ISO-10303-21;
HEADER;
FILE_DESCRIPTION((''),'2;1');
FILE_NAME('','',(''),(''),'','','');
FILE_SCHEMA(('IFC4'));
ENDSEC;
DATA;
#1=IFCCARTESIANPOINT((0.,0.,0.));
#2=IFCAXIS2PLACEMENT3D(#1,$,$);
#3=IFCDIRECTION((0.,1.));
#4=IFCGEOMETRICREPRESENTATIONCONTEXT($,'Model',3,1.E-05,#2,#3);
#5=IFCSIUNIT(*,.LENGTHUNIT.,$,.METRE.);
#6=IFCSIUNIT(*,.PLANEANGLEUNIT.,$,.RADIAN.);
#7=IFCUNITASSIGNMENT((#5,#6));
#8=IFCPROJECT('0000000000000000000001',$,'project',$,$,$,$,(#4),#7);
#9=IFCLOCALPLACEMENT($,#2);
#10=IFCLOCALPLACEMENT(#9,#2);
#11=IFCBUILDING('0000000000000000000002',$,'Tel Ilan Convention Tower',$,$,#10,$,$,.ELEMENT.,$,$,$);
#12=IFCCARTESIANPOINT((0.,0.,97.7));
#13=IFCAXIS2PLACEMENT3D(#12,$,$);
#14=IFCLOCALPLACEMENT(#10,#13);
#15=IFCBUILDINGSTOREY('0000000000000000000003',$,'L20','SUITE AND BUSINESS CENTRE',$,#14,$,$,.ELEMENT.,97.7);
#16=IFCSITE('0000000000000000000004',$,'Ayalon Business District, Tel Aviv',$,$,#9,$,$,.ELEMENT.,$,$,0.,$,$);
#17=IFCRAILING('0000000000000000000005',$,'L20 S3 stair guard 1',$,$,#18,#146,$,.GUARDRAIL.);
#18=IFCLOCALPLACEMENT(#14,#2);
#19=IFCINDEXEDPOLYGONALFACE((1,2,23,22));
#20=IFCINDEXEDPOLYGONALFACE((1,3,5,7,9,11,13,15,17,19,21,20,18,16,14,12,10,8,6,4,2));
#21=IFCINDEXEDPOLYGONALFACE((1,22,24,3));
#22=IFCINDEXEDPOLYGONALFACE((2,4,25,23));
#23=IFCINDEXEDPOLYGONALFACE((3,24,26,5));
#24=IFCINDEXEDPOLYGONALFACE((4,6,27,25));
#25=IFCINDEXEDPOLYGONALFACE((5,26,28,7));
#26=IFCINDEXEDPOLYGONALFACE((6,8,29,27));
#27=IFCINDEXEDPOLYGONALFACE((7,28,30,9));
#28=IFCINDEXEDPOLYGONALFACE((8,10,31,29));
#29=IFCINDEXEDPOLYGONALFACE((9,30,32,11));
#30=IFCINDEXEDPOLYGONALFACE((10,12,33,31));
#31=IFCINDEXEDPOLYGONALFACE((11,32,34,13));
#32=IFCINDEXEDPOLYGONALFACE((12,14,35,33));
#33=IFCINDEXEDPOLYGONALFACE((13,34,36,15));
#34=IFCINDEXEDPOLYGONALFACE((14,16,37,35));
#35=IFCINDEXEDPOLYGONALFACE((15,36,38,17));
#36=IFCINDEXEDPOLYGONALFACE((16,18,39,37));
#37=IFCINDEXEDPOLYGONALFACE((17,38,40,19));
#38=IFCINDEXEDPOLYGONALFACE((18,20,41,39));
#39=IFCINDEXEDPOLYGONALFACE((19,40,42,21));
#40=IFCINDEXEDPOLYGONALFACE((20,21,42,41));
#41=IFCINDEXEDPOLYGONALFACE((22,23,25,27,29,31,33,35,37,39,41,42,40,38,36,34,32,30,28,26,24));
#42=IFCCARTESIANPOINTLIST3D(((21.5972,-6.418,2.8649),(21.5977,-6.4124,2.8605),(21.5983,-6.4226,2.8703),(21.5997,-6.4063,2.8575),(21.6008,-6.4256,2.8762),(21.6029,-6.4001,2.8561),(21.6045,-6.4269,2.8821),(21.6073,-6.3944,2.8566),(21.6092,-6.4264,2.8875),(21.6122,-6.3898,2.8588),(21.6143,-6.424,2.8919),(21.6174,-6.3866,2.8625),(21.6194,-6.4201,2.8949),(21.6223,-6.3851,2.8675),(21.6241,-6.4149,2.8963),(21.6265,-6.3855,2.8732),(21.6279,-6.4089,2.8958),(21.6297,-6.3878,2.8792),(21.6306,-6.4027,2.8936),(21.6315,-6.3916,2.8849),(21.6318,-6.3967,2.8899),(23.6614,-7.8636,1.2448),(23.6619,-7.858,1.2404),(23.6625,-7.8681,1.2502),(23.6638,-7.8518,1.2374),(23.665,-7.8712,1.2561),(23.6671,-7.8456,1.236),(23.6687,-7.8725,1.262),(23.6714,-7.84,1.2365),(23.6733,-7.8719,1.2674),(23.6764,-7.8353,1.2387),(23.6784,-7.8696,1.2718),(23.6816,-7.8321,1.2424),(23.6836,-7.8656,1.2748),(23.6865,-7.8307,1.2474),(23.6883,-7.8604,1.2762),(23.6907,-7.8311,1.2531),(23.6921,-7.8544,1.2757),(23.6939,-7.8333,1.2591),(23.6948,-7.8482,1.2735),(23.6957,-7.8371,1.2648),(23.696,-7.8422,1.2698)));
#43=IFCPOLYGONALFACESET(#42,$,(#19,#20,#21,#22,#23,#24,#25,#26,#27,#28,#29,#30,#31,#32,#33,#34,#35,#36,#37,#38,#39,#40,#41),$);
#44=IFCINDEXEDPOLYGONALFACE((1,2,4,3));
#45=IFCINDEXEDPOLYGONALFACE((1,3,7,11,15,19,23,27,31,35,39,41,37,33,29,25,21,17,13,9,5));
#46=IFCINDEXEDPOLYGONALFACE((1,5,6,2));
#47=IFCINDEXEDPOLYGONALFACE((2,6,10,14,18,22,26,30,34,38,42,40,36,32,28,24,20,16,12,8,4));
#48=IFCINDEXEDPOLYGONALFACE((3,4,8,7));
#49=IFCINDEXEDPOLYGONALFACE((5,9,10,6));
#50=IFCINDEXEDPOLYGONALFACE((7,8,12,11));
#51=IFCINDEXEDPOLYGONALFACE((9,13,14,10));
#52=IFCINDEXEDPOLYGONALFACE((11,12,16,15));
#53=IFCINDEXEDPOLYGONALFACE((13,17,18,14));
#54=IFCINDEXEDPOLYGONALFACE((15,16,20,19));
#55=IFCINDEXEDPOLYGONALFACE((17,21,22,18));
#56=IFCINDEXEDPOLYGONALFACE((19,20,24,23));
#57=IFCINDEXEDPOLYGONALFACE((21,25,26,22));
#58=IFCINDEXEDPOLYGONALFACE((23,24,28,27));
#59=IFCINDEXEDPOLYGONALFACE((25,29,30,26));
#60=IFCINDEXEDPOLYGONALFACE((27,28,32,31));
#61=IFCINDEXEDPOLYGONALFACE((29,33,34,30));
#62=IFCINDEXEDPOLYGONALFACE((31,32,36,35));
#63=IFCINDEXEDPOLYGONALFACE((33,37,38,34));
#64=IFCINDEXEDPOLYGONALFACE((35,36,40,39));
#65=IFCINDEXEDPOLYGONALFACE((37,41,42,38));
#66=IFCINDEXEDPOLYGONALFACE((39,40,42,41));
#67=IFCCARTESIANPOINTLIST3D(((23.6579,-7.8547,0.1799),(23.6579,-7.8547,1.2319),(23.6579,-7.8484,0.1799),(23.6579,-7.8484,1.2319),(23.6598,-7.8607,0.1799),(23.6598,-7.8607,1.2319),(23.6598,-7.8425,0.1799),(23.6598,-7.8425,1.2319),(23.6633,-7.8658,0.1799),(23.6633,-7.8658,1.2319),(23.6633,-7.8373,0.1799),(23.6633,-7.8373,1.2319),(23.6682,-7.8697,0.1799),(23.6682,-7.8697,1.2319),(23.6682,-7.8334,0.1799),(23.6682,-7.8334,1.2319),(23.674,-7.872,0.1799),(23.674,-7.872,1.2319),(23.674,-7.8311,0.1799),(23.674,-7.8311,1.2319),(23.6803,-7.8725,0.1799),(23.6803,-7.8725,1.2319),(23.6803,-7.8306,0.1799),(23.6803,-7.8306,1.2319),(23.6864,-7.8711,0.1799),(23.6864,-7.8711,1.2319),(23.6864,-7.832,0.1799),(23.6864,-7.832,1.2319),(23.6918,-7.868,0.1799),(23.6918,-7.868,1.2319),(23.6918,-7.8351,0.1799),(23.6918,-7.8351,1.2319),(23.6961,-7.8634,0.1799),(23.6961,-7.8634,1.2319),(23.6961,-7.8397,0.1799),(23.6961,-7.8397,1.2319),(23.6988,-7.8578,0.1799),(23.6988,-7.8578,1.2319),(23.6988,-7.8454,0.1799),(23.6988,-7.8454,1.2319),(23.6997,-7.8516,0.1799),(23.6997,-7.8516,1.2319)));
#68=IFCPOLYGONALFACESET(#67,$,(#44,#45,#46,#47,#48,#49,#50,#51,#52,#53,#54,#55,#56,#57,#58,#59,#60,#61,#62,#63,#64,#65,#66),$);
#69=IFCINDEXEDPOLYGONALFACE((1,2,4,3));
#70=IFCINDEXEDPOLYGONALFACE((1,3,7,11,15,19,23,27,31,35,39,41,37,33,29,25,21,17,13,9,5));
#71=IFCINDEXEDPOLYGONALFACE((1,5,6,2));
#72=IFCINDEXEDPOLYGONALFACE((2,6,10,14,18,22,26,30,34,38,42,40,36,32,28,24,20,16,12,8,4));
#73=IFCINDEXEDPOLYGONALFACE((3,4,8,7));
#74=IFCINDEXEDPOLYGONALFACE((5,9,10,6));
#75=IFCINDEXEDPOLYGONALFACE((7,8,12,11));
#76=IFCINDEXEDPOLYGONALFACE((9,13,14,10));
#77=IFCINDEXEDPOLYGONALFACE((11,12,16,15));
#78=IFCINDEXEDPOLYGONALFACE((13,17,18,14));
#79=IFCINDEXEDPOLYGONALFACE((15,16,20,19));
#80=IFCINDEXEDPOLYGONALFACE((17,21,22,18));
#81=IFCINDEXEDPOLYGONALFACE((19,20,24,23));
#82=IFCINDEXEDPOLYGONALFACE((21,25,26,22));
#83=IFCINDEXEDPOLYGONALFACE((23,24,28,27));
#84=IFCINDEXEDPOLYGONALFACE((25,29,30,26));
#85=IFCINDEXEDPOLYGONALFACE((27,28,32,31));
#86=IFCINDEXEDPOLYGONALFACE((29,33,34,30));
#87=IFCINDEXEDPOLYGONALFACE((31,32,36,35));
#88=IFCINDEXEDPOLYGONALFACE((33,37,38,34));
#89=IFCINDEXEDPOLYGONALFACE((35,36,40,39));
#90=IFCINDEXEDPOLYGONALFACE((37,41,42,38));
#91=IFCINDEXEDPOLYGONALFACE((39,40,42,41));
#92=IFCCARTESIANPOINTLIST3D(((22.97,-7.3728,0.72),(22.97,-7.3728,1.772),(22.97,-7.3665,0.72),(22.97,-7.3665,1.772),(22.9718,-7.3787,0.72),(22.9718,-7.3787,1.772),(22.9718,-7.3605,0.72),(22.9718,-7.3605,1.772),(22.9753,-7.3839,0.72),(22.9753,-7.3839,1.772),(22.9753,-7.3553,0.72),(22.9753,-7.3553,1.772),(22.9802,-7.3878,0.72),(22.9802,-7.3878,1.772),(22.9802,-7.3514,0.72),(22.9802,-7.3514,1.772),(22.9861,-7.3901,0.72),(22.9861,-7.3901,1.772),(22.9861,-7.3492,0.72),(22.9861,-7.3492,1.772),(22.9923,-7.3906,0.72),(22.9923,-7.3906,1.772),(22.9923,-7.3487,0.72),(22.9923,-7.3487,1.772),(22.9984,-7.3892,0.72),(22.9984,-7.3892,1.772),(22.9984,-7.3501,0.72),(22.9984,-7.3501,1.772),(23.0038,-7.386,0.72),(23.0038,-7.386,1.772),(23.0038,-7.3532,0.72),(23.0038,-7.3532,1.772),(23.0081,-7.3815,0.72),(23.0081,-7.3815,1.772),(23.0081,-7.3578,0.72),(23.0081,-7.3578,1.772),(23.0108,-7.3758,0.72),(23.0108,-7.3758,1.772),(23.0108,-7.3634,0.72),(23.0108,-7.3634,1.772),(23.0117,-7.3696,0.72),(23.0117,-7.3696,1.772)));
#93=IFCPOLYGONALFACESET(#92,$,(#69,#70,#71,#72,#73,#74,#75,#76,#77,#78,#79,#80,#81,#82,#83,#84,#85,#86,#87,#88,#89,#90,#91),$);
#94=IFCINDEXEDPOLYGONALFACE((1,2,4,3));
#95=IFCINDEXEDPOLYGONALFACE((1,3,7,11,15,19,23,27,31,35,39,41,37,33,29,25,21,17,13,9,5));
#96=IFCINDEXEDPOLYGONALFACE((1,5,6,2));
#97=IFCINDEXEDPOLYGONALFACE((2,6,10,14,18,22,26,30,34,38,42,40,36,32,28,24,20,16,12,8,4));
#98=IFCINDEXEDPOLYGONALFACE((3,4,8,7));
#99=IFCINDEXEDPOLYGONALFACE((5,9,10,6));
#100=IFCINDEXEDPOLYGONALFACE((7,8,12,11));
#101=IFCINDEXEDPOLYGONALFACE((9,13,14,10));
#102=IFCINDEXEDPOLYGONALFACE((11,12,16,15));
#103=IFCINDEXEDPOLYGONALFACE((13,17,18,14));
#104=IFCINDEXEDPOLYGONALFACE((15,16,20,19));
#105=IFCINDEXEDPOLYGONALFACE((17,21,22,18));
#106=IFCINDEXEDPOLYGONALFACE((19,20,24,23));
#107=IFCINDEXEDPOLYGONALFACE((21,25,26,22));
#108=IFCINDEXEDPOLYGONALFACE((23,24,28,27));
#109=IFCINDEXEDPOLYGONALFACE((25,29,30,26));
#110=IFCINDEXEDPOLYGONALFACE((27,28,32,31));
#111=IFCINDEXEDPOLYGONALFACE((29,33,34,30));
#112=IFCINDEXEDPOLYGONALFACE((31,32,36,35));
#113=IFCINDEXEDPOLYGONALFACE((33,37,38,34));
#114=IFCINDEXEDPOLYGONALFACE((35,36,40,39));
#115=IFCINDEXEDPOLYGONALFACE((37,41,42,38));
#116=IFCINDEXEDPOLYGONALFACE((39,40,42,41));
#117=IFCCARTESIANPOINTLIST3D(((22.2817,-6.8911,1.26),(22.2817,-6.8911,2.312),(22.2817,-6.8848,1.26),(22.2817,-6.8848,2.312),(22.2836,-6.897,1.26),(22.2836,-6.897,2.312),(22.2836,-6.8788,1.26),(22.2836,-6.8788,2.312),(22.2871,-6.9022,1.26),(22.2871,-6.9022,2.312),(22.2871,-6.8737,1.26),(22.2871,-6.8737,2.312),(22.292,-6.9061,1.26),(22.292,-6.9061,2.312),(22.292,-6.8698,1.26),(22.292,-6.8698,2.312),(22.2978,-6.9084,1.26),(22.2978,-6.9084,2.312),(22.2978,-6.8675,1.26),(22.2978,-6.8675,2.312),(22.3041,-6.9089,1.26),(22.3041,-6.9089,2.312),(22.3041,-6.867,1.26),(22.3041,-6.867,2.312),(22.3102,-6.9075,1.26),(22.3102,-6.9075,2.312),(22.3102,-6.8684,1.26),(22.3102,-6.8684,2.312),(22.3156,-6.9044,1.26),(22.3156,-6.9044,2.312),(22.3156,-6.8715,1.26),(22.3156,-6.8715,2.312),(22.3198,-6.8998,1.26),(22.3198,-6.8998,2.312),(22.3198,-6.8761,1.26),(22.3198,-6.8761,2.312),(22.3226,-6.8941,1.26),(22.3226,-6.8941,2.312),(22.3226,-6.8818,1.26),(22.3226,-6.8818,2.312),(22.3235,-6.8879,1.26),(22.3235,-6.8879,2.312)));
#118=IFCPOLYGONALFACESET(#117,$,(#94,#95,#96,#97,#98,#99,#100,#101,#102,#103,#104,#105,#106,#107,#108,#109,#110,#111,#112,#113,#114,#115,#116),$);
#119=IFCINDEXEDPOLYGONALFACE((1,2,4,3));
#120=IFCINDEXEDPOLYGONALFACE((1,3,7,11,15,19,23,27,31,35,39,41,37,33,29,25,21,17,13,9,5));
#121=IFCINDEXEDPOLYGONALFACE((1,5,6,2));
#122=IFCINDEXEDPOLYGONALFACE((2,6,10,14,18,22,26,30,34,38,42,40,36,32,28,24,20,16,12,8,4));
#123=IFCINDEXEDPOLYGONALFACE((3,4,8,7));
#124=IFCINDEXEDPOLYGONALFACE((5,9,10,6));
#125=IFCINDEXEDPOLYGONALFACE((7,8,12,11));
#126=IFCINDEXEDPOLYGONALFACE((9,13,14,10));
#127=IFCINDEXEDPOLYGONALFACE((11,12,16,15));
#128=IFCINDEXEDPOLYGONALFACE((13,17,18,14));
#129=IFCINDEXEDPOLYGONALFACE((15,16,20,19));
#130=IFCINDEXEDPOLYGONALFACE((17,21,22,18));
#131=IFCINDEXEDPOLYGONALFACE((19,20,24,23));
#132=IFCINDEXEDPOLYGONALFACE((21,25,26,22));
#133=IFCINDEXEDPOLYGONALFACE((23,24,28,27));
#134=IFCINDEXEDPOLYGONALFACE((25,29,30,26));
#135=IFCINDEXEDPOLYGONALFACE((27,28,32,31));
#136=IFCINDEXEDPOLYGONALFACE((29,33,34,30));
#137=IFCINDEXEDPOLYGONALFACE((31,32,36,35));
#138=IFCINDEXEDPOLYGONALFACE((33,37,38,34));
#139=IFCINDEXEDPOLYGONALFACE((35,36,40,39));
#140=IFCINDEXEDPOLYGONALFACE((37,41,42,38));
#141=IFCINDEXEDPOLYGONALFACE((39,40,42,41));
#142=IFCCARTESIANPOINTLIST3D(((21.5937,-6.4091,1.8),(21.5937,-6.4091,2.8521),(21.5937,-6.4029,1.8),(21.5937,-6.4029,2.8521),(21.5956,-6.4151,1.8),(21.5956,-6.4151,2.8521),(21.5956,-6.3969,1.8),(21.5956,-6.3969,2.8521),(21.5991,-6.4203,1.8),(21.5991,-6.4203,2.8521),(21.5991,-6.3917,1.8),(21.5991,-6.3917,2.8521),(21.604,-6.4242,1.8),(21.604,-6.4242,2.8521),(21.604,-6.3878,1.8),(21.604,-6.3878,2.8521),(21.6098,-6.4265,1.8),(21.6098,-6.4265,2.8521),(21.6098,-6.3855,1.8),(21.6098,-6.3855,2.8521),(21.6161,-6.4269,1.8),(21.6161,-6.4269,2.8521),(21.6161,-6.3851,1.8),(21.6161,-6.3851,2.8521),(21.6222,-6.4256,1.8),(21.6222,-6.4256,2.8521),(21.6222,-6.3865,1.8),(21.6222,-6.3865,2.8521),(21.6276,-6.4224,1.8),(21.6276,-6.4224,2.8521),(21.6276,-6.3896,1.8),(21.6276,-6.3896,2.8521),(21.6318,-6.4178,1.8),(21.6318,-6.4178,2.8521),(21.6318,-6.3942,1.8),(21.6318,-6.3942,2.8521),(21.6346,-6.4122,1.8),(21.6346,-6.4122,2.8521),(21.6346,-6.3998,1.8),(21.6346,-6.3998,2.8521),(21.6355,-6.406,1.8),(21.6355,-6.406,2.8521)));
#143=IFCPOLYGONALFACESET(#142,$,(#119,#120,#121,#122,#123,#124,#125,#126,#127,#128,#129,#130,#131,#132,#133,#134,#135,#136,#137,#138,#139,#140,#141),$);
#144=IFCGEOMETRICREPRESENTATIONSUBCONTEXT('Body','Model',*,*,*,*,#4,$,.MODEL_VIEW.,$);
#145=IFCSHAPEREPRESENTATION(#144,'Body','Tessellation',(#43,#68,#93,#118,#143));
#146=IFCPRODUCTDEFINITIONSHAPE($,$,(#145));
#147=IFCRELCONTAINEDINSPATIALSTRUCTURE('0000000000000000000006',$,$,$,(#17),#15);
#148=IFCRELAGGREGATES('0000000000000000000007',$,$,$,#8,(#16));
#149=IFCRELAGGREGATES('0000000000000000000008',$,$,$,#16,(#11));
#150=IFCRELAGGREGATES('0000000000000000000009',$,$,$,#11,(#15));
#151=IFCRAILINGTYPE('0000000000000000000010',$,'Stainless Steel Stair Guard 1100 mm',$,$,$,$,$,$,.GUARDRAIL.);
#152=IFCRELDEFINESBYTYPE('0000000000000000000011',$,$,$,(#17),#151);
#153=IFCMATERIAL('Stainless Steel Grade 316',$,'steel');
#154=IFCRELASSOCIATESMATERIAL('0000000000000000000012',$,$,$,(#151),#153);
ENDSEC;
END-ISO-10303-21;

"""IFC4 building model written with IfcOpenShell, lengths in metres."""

from ifc_helpers import new_model, si_unit, direction, frame, origin, origin_2d, place, context, subcontext, project, spatial, circle, extrude, material, type_object, element, save


model = new_model("IFC4")

# Units and contexts
model_context = context("Model", 3, precision=1e-05, world=origin(), true_north=direction((0.0, 1.0)))
body_context = subcontext(model_context, "Body", "Model", "MODEL_VIEW")
ifc_project = project(units=[si_unit("LENGTHUNIT", "METRE"), si_unit("PLANEANGLEUNIT", "RADIAN")], contexts=[model_context])

# Site, building, storey
site_placement = place(None, origin())
site = spatial("IfcSite", under=ifc_project, at=site_placement, Name="Ayalon Business District, Tel Aviv", CompositionType="ELEMENT", RefElevation=0.0)
building_placement = place(site_placement, origin())
building = spatial("IfcBuilding", under=site, at=building_placement, Name="Tel Ilan Convention Tower", CompositionType="ELEMENT")
storey_placement = place(building_placement, frame((0.0, 0.0, 97.7)))
storey = spatial("IfcBuildingStorey", under=building, at=storey_placement, Name="L20", Description="SUITE AND BUSINESS CENTRE", CompositionType="ELEMENT", Elevation=97.7)

# Railing
ifc_material_1 = material(Name="Stainless Steel Grade 316", Category="steel")
railing_type_1 = type_object("IfcRailingType", Name="Stainless Steel Stair Guard 1100 mm", PredefinedType="GUARDRAIL", material=ifc_material_1)
railing_1_placement = place(storey_placement, frame((23.6787, -7.8516, 0.1799)))
element("IfcRailing", 1, at=railing_1_placement, inside=storey, type_object=railing_type_1, Name="L20 S3 stair guard 1", PredefinedType="GUARDRAIL", context=body_context, shape_type="SweptSolid", body=[
    extrude(circle(Radius=0.0239, at=origin_2d()), frame((0.0, 0.0, 1.0762), z_axis=(-0.689013, 0.482513, 0.540779), x_axis=(-0.573625, -0.819118, 0.0)), (0.0, 0.0, 1.0), 2.9958),
    extrude(circle(Radius=0.021, at=origin_2d()), origin(), (0.0, 0.0, 1.0), 1.052),
    extrude(circle(Radius=0.021, at=origin_2d()), frame((-0.688, 0.4819, 0.54)), (0.0, 0.0, 1.0), 1.052),
    extrude(circle(Radius=0.021, at=origin_2d()), frame((-1.3762, 0.9636, 1.0801)), (0.0, 0.0, 1.0), 1.052),
    extrude(circle(Radius=0.021, at=origin_2d()), frame((-2.0642, 1.4456, 1.6201)), (0.0, 0.0, 1.0), 1.052),
])

save(model, "model.ifc")
